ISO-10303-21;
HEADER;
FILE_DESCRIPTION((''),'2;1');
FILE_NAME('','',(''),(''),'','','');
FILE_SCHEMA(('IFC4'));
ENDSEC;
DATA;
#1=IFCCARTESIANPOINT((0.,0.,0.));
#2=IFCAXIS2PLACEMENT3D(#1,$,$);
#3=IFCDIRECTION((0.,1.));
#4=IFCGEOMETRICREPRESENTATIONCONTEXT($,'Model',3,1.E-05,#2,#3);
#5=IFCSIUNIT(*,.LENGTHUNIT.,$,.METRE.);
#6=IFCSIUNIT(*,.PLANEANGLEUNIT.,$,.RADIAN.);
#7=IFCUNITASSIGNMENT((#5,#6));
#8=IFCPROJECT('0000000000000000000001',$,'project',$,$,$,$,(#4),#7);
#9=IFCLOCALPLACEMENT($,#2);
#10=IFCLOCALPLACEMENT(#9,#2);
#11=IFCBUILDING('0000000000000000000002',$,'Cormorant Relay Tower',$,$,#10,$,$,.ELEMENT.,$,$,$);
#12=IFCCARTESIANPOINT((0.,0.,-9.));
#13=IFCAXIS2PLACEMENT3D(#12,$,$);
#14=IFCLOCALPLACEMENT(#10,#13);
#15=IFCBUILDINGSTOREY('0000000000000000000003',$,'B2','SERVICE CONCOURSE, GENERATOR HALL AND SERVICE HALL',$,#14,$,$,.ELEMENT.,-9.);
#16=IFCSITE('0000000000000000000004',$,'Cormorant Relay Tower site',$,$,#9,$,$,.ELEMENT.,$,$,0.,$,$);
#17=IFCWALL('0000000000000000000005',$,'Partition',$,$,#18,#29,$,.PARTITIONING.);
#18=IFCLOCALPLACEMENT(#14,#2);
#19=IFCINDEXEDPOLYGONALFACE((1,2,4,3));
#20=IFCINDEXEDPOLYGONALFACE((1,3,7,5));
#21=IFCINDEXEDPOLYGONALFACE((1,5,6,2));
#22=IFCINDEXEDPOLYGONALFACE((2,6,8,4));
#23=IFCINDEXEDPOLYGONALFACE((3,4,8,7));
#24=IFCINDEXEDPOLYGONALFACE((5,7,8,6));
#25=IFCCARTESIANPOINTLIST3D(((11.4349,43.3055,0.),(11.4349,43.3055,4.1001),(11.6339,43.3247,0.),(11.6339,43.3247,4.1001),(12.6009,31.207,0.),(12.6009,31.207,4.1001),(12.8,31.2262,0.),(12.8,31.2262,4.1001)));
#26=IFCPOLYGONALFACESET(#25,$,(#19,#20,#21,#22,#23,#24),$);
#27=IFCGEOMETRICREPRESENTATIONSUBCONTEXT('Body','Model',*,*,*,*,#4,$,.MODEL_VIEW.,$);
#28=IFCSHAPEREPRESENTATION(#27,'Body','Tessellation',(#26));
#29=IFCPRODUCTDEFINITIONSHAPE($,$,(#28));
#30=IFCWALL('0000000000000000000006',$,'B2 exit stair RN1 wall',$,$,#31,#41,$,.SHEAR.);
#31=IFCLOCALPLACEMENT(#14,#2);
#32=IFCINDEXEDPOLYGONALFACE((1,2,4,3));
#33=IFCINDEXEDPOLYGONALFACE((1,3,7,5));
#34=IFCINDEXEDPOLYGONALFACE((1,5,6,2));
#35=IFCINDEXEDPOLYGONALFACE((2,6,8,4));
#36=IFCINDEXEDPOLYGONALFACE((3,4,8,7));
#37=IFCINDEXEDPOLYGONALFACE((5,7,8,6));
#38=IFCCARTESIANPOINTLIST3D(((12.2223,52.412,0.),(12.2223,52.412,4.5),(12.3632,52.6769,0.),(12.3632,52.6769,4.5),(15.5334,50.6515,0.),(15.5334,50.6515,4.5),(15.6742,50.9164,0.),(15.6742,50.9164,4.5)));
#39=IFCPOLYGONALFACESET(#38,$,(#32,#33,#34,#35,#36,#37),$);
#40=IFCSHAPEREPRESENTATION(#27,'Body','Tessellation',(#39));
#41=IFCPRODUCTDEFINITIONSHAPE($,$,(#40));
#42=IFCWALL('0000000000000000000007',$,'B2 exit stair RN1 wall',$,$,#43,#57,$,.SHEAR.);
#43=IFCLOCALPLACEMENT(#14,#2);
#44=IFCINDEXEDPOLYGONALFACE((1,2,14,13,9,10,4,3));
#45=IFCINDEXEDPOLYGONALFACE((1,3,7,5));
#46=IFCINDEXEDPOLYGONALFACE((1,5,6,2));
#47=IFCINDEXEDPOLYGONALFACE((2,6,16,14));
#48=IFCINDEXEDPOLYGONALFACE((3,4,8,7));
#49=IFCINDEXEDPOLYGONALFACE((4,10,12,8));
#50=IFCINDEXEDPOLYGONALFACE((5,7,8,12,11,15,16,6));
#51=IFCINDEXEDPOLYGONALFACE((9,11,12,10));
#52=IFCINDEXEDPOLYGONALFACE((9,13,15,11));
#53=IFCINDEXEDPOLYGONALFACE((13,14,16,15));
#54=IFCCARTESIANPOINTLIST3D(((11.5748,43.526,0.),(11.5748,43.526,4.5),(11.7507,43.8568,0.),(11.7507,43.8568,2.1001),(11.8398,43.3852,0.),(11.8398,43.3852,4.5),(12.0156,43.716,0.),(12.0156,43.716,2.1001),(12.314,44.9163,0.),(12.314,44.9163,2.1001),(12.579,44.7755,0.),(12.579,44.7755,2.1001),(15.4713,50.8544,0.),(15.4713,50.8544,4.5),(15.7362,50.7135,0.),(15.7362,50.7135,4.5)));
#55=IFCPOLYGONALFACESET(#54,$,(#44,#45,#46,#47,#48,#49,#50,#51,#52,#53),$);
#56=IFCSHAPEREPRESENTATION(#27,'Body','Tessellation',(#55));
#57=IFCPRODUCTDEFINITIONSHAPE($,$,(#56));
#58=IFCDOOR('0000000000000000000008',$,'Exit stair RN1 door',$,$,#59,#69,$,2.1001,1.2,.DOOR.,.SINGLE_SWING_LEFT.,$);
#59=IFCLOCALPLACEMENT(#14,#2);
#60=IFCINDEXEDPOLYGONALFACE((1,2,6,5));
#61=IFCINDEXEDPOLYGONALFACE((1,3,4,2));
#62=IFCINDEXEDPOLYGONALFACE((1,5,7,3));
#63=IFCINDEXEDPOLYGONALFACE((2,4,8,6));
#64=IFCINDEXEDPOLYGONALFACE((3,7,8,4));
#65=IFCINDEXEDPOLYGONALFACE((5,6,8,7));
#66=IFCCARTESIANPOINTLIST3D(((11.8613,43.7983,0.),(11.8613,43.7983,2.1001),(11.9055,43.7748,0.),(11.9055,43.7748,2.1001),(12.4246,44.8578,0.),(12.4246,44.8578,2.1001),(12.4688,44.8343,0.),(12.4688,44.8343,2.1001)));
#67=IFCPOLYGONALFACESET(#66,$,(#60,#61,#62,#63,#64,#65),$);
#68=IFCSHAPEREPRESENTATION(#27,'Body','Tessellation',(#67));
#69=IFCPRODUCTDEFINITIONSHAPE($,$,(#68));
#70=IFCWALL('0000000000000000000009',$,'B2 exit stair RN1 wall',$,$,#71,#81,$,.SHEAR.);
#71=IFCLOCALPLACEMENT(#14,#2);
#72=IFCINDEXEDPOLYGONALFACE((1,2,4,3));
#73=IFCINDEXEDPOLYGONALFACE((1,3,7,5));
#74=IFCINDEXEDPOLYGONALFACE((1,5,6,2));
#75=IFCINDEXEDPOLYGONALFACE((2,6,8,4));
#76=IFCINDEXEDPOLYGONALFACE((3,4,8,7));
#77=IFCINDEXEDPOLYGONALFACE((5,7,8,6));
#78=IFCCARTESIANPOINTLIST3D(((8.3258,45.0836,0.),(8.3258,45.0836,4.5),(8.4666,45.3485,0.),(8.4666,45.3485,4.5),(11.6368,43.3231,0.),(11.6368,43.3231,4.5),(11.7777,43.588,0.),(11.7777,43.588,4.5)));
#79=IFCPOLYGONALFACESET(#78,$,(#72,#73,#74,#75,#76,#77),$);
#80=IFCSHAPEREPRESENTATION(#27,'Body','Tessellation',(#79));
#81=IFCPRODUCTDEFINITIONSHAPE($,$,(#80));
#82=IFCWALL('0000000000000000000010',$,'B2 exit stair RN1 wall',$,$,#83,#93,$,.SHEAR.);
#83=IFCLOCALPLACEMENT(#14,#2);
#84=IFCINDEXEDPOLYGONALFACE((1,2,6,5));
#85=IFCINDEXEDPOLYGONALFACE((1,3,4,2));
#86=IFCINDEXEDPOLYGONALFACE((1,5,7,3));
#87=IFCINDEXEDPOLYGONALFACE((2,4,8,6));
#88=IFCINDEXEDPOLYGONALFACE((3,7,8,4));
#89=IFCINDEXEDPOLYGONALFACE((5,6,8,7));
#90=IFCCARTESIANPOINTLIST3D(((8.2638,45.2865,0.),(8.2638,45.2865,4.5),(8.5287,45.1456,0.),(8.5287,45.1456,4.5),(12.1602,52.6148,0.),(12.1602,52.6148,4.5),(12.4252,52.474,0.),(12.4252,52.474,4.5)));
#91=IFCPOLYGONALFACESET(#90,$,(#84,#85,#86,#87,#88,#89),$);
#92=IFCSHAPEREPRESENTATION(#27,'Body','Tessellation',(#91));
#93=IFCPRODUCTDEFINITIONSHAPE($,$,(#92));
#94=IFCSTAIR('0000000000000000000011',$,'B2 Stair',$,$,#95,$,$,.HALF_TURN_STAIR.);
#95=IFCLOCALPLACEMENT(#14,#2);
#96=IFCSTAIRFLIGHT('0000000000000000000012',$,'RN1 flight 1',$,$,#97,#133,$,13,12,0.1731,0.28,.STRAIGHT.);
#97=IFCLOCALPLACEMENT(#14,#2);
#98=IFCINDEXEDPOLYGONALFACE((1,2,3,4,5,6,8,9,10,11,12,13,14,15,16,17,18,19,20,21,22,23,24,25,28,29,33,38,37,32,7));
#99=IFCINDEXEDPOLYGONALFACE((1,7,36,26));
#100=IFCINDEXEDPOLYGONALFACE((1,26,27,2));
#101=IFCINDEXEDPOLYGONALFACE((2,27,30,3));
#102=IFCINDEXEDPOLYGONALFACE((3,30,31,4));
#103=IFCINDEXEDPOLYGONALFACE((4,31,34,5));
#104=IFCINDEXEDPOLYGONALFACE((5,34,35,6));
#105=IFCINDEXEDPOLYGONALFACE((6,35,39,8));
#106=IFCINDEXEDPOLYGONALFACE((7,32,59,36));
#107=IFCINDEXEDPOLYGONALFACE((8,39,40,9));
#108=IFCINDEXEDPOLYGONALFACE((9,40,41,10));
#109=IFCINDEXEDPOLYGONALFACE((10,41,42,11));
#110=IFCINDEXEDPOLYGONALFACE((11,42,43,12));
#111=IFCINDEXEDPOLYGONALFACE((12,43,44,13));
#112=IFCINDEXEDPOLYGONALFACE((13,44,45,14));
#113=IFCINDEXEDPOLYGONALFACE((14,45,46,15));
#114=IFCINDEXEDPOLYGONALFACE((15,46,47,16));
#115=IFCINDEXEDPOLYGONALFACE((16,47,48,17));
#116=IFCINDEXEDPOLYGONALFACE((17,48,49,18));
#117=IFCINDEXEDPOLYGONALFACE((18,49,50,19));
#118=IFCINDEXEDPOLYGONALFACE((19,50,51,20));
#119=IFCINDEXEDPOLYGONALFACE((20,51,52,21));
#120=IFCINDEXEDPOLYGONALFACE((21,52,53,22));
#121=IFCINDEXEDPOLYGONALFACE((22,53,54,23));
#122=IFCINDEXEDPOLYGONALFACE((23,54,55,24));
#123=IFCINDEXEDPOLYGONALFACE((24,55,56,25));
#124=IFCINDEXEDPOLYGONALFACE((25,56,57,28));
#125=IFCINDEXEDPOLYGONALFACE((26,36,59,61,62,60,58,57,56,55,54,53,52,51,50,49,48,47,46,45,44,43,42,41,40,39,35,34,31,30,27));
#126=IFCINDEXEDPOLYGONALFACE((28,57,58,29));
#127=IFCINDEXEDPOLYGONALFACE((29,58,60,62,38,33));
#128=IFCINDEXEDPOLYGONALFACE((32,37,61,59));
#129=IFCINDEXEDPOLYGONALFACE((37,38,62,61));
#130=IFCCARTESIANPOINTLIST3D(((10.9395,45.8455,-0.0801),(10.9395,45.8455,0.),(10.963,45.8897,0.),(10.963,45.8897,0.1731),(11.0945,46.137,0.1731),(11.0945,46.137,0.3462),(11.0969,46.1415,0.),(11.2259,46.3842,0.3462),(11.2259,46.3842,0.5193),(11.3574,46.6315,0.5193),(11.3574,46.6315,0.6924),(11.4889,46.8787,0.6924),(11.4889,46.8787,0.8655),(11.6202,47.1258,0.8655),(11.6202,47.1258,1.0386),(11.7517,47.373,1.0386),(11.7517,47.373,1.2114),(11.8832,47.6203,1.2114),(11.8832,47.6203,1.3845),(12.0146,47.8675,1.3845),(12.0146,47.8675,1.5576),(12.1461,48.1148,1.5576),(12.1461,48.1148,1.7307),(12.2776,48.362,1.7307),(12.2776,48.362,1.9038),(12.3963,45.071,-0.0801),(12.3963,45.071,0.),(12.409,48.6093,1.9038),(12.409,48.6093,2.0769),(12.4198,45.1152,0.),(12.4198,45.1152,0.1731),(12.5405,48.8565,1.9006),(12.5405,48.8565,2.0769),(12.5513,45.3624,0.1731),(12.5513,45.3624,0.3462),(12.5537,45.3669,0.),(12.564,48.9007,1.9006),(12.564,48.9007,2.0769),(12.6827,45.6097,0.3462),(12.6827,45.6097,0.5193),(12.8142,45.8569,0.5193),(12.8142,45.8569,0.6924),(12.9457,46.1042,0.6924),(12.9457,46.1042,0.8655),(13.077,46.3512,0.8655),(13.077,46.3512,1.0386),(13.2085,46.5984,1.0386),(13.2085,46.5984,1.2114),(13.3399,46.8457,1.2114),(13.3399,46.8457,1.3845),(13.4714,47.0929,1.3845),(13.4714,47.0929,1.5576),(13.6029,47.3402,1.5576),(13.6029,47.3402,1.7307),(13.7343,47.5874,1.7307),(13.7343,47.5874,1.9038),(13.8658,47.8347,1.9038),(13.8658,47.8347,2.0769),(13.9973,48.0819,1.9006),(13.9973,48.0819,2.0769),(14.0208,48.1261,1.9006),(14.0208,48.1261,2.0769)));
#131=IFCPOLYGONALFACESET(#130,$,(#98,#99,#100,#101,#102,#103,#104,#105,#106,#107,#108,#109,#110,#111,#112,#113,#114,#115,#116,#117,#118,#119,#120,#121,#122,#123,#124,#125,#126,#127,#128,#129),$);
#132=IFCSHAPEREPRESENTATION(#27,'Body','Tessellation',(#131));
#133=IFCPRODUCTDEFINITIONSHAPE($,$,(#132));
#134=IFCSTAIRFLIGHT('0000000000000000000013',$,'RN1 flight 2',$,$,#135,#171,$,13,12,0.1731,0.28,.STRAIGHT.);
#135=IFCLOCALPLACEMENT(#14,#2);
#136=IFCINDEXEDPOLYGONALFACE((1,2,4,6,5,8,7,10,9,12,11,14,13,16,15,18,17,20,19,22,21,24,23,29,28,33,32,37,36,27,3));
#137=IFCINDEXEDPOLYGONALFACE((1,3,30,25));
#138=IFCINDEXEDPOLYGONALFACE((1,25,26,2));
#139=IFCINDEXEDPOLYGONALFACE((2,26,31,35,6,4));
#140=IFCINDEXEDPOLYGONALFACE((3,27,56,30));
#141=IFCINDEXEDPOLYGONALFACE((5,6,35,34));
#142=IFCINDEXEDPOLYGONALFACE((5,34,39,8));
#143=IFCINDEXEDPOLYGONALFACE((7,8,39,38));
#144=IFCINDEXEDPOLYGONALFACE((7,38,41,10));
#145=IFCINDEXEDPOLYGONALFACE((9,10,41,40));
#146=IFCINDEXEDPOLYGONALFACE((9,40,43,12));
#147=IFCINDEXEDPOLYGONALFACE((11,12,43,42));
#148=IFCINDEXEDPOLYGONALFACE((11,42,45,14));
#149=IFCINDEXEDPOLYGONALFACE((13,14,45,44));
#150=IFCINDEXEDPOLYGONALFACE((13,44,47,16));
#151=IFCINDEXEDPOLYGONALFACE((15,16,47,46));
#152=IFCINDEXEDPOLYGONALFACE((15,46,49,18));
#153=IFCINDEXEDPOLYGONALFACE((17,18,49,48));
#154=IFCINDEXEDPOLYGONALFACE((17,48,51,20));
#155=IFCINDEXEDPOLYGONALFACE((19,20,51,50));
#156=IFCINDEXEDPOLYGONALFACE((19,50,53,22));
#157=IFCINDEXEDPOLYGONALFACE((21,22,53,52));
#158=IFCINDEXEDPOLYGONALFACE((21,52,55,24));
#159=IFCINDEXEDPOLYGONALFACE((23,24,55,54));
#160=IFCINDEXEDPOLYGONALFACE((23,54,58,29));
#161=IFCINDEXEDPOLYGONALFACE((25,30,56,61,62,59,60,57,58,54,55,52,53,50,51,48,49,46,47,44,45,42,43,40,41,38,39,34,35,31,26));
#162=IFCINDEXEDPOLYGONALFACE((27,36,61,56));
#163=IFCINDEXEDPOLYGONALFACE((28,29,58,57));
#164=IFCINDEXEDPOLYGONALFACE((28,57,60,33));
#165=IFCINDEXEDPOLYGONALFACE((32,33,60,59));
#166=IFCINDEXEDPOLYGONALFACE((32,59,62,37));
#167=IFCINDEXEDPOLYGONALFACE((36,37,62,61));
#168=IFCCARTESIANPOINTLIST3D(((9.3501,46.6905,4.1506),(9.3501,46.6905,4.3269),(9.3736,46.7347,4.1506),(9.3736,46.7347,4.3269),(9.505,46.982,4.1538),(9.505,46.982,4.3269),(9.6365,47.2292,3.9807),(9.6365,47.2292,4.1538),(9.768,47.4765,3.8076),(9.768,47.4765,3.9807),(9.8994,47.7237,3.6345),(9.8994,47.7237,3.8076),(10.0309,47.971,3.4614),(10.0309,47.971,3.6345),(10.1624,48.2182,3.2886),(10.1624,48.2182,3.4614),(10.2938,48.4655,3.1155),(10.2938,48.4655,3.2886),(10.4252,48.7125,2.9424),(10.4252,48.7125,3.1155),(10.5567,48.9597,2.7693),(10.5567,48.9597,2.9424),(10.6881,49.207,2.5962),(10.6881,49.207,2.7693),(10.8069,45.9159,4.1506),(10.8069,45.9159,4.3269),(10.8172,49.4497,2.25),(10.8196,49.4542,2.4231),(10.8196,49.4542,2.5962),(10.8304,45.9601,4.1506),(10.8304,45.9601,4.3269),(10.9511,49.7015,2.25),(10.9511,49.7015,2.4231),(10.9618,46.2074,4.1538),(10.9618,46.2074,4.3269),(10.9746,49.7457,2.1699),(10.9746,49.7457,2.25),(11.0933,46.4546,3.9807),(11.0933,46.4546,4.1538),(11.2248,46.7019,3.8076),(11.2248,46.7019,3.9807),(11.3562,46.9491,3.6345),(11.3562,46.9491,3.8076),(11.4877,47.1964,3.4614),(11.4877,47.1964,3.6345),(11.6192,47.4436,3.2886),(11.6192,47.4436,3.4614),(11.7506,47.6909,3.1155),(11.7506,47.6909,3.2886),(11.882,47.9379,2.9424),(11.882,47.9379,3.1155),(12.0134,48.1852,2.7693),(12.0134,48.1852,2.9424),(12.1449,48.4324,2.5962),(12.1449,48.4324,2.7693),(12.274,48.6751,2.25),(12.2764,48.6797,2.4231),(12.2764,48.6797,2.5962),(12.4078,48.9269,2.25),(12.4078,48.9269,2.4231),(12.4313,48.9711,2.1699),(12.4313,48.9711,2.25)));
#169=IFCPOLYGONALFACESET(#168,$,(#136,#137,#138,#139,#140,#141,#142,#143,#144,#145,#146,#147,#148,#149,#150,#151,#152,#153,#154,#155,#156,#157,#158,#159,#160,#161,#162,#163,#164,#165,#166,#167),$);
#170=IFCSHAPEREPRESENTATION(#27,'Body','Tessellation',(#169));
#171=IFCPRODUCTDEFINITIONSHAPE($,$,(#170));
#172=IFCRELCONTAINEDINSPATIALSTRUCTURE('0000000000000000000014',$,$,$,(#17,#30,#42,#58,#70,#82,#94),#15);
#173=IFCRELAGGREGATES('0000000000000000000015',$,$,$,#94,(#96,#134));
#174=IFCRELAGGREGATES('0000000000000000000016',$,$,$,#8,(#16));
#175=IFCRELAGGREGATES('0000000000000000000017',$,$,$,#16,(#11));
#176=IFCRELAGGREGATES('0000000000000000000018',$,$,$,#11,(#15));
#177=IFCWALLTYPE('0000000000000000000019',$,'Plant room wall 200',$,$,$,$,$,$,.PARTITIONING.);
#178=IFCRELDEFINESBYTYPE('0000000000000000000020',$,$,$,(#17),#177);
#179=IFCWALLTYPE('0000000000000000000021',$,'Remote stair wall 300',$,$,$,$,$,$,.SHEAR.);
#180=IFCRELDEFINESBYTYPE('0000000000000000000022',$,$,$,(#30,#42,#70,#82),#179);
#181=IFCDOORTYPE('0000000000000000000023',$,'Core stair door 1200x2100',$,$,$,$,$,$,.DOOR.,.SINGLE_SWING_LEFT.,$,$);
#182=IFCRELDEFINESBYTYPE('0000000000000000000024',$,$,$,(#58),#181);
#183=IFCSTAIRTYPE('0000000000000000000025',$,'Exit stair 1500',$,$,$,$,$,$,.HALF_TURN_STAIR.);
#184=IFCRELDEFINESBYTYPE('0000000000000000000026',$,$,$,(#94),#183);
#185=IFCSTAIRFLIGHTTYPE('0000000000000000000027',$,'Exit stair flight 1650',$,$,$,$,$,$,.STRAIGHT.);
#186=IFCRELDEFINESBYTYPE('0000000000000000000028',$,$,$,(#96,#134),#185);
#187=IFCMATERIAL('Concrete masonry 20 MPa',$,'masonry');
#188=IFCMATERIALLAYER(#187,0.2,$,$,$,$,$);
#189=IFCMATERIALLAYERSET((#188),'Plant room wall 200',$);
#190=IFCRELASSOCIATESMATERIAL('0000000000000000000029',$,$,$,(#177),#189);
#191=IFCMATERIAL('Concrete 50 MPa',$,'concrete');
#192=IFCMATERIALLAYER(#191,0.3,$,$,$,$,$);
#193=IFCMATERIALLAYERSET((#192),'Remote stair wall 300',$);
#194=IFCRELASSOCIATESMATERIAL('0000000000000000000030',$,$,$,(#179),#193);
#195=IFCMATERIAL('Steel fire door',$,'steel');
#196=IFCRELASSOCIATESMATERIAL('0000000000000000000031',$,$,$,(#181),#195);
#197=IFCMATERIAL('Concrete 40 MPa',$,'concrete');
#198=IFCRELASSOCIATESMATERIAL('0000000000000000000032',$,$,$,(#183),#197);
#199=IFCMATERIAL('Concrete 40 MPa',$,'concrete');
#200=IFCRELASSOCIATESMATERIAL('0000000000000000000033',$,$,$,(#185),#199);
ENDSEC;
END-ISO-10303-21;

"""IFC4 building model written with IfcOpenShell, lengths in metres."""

from ifc_helpers import new_model, si_unit, direction, frame, frame_2d, origin, place, context, subcontext, project, spatial, polyline, rectangle, outline, extrude, material, layer, layer_set, type_object, element, fill, aggregate, save


model = new_model("IFC4")

# Units and contexts
model_context = context("Model", 3, precision=1e-05, world=origin(), true_north=direction((0.0, 1.0)))
body_context = subcontext(model_context, "Body", "Model", "MODEL_VIEW")
ifc_project = project(units=[si_unit("LENGTHUNIT", "METRE"), si_unit("PLANEANGLEUNIT", "RADIAN")], contexts=[model_context])

# Site, building, storey
site_placement = place(None, origin())
site = spatial("IfcSite", under=ifc_project, at=site_placement, Name="Cormorant Relay Tower site", CompositionType="ELEMENT", RefElevation=0.0)
building_placement = place(site_placement, origin())
building = spatial("IfcBuilding", under=site, at=building_placement, Name="Cormorant Relay Tower", CompositionType="ELEMENT")
storey_placement = place(building_placement, frame((0.0, 0.0, -9.0)))
storey = spatial("IfcBuildingStorey", under=building, at=storey_placement, Name="B2", Description="SERVICE CONCOURSE, GENERATOR HALL AND SERVICE HALL", CompositionType="ELEMENT", Elevation=-9.0)

# Walls
ifc_material_1 = material(Name="Concrete masonry 20 MPa", Category="masonry")
ifc_layer_1 = layer(ifc_material_1, 0.2)
ifc_layer_set_1 = layer_set([ifc_layer_1], Name="Plant room wall 200")
wall_type_1 = type_object("IfcWallType", Name="Plant room wall 200", PredefinedType="PARTITIONING", material=ifc_layer_set_1)
wall_1_placement = place(storey_placement, frame((11.5344, 43.3149, 0.0), z_axis=(0.0, 0.0, 1.0), x_axis=(0.095933, -0.995388, 0.0)))
element("IfcWall", 1, at=wall_1_placement, inside=storey, type_object=wall_type_1, Name="Partition", PredefinedType="PARTITIONING", context=body_context, shape_type="SweptSolid", body=[
    extrude(rectangle(XDim=12.1545, YDim=0.2, at=frame_2d((6.0771, 0.0))), origin(), (0.0, 0.0, 1.0), 4.1001),
])
ifc_material_2 = material(Name="Concrete 50 MPa", Category="concrete")
ifc_layer_2 = layer(ifc_material_2, 0.3)
ifc_layer_set_2 = layer_set([ifc_layer_2], Name="Remote stair wall 300")
wall_type_2 = type_object("IfcWallType", Name="Remote stair wall 300", PredefinedType="SHEAR", material=ifc_layer_set_2)
wall_2_placement = place(storey_placement, frame((12.2927, 52.5444, 0.0), z_axis=(0.0, 0.0, 1.0), x_axis=(0.882949, -0.469469, 0.0)))
element("IfcWall", 2, at=wall_2_placement, inside=storey, type_object=wall_type_2, Name="B2 exit stair RN1 wall", PredefinedType="SHEAR", context=body_context, shape_type="SweptSolid", body=[
    extrude(rectangle(XDim=3.75, YDim=0.3, at=frame_2d((1.875, 0.0))), origin(), (0.0, 0.0, 1.0), 4.5),
])

# Wall, opening, door
wall_3_placement = place(storey_placement, frame((15.6038, 50.7839, 0.0), z_axis=(0.0, 0.0, 1.0), x_axis=(-0.469464, -0.882952, 0.0)))
wall_3 = element("IfcWall", 3, at=wall_3_placement, inside=storey, type_object=wall_type_2, Name="B2 exit stair RN1 wall", PredefinedType="SHEAR", context=body_context, shape_type="SweptSolid", body=[
    extrude(rectangle(XDim=8.2998, YDim=0.3, at=frame_2d((4.1499, 0.0))), origin(), (0.0, 0.0, 1.0), 4.5),
])
opening_placement = place(wall_3_placement, frame((6.7251, 0.0, 0.0)))
opening = element("IfcOpeningElement", 4, at=opening_placement, cuts=wall_3, PredefinedType="OPENING", context=body_context, shape_type="SweptSolid", body=[
    extrude(rectangle(XDim=1.2, YDim=2.1001, at=frame_2d((0.6001, 1.05))), frame((0.0, 0.1599, 0.0), z_axis=(0.0, -1.0, 0.0), x_axis=(1.0, 0.0, 0.0)), (0.0, 0.0, 1.0), 0.3201),
])
ifc_material_3 = material(Name="Steel fire door", Category="steel")
door_type = type_object("IfcDoorType", Name="Core stair door 1200x2100", OperationType="SINGLE_SWING_LEFT", PredefinedType="DOOR", material=ifc_material_3)
door_placement = place(opening_placement, frame((1.2, 0.0, 0.0), z_axis=(0.0, 0.0, 1.0), x_axis=(-1.0, 0.0, 0.0)))
door = element("IfcDoor", 5, at=door_placement, inside=storey, type_object=door_type, Name="Exit stair RN1 door", OperationType="SINGLE_SWING_LEFT", OverallHeight=2.1001, OverallWidth=1.2, PredefinedType="DOOR", context=body_context, shape_type="SweptSolid", body=[
    extrude(rectangle(XDim=1.2, YDim=2.1001, at=frame_2d((0.6001, 1.05))), frame((0.0, 0.0249, 0.0), z_axis=(0.0, -1.0, 0.0), x_axis=(1.0, 0.0, 0.0)), (0.0, 0.0, 1.0), 0.05),
])
fill(opening, door)

# Walls
wall_4_placement = place(storey_placement, frame((11.7073, 43.4556, 0.0), z_axis=(0.0, 0.0, 1.0), x_axis=(-0.882949, 0.469469, 0.0)))
element("IfcWall", 6, at=wall_4_placement, inside=storey, type_object=wall_type_2, Name="B2 exit stair RN1 wall", PredefinedType="SHEAR", context=body_context, shape_type="SweptSolid", body=[
    extrude(rectangle(XDim=3.75, YDim=0.3, at=frame_2d((1.875, 0.0))), origin(), (0.0, 0.0, 1.0), 4.5),
])
wall_5_placement = place(storey_placement, frame((8.3962, 45.2161, 0.0), z_axis=(0.0, 0.0, 1.0), x_axis=(0.469464, 0.882952, 0.0)))
element("IfcWall", 7, at=wall_5_placement, inside=storey, type_object=wall_type_2, Name="B2 exit stair RN1 wall", PredefinedType="SHEAR", context=body_context, shape_type="SweptSolid", body=[
    extrude(rectangle(XDim=8.2998, YDim=0.3, at=frame_2d((4.1499, 0.0))), origin(), (0.0, 0.0, 1.0), 4.5),
])

# Stair, stair flights
ifc_material_4 = material(Name="Concrete 40 MPa", Category="concrete")
stair_type = type_object("IfcStairType", Name="Exit stair 1500", PredefinedType="HALF_TURN_STAIR", material=ifc_material_4)
stair_placement = place(storey_placement, origin())
stair = element("IfcStair", 8, at=stair_placement, inside=storey, type_object=stair_type, Name="B2 Stair", PredefinedType="HALF_TURN_STAIR")
ifc_material_5 = material(Name="Concrete 40 MPa", Category="concrete")
stair_flight_type = type_object("IfcStairFlightType", Name="Exit stair flight 1650", PredefinedType="STRAIGHT", material=ifc_material_5)
stair_flight_1_placement = place(storey_placement, frame((11.6914, 45.5024, 0.0), z_axis=(0.0, 0.0, 1.0), x_axis=(0.469472, 0.882948, 0.0)))
stair_flight_1 = element("IfcStairFlight", 9, at=stair_flight_1_placement, type_object=stair_flight_type, Name="RN1 flight 1", NumberOfRisers=13, NumberOfTreads=12, PredefinedType="STRAIGHT", RiserHeight=0.1731, TreadLength=0.28, context=body_context, shape_type="SweptSolid", body=[
    extrude(outline(polyline([(-0.05, -0.0801), (-0.05, 0.0), (0.0, 0.0), (0.0, 0.1731), (0.28, 0.1731), (0.28, 0.3462), (0.5601, 0.3462), (0.5601, 0.5193), (0.8401, 0.5193), (0.8401, 0.6924), (1.1201, 0.6924), (1.1201, 0.8655), (1.3999, 0.8655), (1.3999, 1.0386), (1.6799, 1.0386), (1.6799, 1.2114), (1.96, 1.2114), (1.96, 1.3845), (2.24, 1.3845), (2.24, 1.5576), (2.52, 1.5576), (2.52, 1.7307), (2.8, 1.7307), (2.8, 1.9038), (3.0801, 1.9038), (3.0801, 2.0769), (3.3601, 2.0769), (3.4102, 2.0769), (3.4102, 1.9006), (3.3601, 1.9006), (0.2852, 0.0), (-0.05, -0.0801)])), frame((0.0, 0.825, 0.0), z_axis=(0.0, -1.0, 0.0), x_axis=(1.0, 0.0, 0.0)), (0.0, 0.0, 1.0), 1.6499),
])
stair_flight_2_placement = place(storey_placement, frame((11.6794, 49.3142, 2.25), z_axis=(0.0, 0.0, 1.0), x_axis=(-0.469472, -0.882948, 0.0)))
stair_flight_2 = element("IfcStairFlight", 10, at=stair_flight_2_placement, type_object=stair_flight_type, Name="RN1 flight 2", NumberOfRisers=13, NumberOfTreads=12, PredefinedType="STRAIGHT", RiserHeight=0.1731, TreadLength=0.28, context=body_context, shape_type="SweptSolid", body=[
    extrude(outline(polyline([(-0.05, -0.0801), (-0.05, 0.0), (0.0, 0.0), (0.0, 0.1731), (0.28, 0.1731), (0.28, 0.3462), (0.5601, 0.3462), (0.5601, 0.5193), (0.8401, 0.5193), (0.8401, 0.6924), (1.1201, 0.6924), (1.1201, 0.8655), (1.3999, 0.8655), (1.3999, 1.0386), (1.6799, 1.0386), (1.6799, 1.2114), (1.96, 1.2114), (1.96, 1.3845), (2.24, 1.3845), (2.24, 1.5576), (2.52, 1.5576), (2.52, 1.7307), (2.8, 1.7307), (2.8, 1.9038), (3.0801, 1.9038), (3.0801, 2.0769), (3.3601, 2.0769), (3.4102, 2.0769), (3.4102, 1.9006), (3.3601, 1.9006), (0.2852, 0.0), (-0.05, -0.0801)])), frame((0.0, 0.825, 0.0), z_axis=(0.0, -1.0, 0.0), x_axis=(1.0, 0.0, 0.0)), (0.0, 0.0, 1.0), 1.6499),
])
aggregate(stair, [stair_flight_1, stair_flight_2])

save(model, "model.ifc")
